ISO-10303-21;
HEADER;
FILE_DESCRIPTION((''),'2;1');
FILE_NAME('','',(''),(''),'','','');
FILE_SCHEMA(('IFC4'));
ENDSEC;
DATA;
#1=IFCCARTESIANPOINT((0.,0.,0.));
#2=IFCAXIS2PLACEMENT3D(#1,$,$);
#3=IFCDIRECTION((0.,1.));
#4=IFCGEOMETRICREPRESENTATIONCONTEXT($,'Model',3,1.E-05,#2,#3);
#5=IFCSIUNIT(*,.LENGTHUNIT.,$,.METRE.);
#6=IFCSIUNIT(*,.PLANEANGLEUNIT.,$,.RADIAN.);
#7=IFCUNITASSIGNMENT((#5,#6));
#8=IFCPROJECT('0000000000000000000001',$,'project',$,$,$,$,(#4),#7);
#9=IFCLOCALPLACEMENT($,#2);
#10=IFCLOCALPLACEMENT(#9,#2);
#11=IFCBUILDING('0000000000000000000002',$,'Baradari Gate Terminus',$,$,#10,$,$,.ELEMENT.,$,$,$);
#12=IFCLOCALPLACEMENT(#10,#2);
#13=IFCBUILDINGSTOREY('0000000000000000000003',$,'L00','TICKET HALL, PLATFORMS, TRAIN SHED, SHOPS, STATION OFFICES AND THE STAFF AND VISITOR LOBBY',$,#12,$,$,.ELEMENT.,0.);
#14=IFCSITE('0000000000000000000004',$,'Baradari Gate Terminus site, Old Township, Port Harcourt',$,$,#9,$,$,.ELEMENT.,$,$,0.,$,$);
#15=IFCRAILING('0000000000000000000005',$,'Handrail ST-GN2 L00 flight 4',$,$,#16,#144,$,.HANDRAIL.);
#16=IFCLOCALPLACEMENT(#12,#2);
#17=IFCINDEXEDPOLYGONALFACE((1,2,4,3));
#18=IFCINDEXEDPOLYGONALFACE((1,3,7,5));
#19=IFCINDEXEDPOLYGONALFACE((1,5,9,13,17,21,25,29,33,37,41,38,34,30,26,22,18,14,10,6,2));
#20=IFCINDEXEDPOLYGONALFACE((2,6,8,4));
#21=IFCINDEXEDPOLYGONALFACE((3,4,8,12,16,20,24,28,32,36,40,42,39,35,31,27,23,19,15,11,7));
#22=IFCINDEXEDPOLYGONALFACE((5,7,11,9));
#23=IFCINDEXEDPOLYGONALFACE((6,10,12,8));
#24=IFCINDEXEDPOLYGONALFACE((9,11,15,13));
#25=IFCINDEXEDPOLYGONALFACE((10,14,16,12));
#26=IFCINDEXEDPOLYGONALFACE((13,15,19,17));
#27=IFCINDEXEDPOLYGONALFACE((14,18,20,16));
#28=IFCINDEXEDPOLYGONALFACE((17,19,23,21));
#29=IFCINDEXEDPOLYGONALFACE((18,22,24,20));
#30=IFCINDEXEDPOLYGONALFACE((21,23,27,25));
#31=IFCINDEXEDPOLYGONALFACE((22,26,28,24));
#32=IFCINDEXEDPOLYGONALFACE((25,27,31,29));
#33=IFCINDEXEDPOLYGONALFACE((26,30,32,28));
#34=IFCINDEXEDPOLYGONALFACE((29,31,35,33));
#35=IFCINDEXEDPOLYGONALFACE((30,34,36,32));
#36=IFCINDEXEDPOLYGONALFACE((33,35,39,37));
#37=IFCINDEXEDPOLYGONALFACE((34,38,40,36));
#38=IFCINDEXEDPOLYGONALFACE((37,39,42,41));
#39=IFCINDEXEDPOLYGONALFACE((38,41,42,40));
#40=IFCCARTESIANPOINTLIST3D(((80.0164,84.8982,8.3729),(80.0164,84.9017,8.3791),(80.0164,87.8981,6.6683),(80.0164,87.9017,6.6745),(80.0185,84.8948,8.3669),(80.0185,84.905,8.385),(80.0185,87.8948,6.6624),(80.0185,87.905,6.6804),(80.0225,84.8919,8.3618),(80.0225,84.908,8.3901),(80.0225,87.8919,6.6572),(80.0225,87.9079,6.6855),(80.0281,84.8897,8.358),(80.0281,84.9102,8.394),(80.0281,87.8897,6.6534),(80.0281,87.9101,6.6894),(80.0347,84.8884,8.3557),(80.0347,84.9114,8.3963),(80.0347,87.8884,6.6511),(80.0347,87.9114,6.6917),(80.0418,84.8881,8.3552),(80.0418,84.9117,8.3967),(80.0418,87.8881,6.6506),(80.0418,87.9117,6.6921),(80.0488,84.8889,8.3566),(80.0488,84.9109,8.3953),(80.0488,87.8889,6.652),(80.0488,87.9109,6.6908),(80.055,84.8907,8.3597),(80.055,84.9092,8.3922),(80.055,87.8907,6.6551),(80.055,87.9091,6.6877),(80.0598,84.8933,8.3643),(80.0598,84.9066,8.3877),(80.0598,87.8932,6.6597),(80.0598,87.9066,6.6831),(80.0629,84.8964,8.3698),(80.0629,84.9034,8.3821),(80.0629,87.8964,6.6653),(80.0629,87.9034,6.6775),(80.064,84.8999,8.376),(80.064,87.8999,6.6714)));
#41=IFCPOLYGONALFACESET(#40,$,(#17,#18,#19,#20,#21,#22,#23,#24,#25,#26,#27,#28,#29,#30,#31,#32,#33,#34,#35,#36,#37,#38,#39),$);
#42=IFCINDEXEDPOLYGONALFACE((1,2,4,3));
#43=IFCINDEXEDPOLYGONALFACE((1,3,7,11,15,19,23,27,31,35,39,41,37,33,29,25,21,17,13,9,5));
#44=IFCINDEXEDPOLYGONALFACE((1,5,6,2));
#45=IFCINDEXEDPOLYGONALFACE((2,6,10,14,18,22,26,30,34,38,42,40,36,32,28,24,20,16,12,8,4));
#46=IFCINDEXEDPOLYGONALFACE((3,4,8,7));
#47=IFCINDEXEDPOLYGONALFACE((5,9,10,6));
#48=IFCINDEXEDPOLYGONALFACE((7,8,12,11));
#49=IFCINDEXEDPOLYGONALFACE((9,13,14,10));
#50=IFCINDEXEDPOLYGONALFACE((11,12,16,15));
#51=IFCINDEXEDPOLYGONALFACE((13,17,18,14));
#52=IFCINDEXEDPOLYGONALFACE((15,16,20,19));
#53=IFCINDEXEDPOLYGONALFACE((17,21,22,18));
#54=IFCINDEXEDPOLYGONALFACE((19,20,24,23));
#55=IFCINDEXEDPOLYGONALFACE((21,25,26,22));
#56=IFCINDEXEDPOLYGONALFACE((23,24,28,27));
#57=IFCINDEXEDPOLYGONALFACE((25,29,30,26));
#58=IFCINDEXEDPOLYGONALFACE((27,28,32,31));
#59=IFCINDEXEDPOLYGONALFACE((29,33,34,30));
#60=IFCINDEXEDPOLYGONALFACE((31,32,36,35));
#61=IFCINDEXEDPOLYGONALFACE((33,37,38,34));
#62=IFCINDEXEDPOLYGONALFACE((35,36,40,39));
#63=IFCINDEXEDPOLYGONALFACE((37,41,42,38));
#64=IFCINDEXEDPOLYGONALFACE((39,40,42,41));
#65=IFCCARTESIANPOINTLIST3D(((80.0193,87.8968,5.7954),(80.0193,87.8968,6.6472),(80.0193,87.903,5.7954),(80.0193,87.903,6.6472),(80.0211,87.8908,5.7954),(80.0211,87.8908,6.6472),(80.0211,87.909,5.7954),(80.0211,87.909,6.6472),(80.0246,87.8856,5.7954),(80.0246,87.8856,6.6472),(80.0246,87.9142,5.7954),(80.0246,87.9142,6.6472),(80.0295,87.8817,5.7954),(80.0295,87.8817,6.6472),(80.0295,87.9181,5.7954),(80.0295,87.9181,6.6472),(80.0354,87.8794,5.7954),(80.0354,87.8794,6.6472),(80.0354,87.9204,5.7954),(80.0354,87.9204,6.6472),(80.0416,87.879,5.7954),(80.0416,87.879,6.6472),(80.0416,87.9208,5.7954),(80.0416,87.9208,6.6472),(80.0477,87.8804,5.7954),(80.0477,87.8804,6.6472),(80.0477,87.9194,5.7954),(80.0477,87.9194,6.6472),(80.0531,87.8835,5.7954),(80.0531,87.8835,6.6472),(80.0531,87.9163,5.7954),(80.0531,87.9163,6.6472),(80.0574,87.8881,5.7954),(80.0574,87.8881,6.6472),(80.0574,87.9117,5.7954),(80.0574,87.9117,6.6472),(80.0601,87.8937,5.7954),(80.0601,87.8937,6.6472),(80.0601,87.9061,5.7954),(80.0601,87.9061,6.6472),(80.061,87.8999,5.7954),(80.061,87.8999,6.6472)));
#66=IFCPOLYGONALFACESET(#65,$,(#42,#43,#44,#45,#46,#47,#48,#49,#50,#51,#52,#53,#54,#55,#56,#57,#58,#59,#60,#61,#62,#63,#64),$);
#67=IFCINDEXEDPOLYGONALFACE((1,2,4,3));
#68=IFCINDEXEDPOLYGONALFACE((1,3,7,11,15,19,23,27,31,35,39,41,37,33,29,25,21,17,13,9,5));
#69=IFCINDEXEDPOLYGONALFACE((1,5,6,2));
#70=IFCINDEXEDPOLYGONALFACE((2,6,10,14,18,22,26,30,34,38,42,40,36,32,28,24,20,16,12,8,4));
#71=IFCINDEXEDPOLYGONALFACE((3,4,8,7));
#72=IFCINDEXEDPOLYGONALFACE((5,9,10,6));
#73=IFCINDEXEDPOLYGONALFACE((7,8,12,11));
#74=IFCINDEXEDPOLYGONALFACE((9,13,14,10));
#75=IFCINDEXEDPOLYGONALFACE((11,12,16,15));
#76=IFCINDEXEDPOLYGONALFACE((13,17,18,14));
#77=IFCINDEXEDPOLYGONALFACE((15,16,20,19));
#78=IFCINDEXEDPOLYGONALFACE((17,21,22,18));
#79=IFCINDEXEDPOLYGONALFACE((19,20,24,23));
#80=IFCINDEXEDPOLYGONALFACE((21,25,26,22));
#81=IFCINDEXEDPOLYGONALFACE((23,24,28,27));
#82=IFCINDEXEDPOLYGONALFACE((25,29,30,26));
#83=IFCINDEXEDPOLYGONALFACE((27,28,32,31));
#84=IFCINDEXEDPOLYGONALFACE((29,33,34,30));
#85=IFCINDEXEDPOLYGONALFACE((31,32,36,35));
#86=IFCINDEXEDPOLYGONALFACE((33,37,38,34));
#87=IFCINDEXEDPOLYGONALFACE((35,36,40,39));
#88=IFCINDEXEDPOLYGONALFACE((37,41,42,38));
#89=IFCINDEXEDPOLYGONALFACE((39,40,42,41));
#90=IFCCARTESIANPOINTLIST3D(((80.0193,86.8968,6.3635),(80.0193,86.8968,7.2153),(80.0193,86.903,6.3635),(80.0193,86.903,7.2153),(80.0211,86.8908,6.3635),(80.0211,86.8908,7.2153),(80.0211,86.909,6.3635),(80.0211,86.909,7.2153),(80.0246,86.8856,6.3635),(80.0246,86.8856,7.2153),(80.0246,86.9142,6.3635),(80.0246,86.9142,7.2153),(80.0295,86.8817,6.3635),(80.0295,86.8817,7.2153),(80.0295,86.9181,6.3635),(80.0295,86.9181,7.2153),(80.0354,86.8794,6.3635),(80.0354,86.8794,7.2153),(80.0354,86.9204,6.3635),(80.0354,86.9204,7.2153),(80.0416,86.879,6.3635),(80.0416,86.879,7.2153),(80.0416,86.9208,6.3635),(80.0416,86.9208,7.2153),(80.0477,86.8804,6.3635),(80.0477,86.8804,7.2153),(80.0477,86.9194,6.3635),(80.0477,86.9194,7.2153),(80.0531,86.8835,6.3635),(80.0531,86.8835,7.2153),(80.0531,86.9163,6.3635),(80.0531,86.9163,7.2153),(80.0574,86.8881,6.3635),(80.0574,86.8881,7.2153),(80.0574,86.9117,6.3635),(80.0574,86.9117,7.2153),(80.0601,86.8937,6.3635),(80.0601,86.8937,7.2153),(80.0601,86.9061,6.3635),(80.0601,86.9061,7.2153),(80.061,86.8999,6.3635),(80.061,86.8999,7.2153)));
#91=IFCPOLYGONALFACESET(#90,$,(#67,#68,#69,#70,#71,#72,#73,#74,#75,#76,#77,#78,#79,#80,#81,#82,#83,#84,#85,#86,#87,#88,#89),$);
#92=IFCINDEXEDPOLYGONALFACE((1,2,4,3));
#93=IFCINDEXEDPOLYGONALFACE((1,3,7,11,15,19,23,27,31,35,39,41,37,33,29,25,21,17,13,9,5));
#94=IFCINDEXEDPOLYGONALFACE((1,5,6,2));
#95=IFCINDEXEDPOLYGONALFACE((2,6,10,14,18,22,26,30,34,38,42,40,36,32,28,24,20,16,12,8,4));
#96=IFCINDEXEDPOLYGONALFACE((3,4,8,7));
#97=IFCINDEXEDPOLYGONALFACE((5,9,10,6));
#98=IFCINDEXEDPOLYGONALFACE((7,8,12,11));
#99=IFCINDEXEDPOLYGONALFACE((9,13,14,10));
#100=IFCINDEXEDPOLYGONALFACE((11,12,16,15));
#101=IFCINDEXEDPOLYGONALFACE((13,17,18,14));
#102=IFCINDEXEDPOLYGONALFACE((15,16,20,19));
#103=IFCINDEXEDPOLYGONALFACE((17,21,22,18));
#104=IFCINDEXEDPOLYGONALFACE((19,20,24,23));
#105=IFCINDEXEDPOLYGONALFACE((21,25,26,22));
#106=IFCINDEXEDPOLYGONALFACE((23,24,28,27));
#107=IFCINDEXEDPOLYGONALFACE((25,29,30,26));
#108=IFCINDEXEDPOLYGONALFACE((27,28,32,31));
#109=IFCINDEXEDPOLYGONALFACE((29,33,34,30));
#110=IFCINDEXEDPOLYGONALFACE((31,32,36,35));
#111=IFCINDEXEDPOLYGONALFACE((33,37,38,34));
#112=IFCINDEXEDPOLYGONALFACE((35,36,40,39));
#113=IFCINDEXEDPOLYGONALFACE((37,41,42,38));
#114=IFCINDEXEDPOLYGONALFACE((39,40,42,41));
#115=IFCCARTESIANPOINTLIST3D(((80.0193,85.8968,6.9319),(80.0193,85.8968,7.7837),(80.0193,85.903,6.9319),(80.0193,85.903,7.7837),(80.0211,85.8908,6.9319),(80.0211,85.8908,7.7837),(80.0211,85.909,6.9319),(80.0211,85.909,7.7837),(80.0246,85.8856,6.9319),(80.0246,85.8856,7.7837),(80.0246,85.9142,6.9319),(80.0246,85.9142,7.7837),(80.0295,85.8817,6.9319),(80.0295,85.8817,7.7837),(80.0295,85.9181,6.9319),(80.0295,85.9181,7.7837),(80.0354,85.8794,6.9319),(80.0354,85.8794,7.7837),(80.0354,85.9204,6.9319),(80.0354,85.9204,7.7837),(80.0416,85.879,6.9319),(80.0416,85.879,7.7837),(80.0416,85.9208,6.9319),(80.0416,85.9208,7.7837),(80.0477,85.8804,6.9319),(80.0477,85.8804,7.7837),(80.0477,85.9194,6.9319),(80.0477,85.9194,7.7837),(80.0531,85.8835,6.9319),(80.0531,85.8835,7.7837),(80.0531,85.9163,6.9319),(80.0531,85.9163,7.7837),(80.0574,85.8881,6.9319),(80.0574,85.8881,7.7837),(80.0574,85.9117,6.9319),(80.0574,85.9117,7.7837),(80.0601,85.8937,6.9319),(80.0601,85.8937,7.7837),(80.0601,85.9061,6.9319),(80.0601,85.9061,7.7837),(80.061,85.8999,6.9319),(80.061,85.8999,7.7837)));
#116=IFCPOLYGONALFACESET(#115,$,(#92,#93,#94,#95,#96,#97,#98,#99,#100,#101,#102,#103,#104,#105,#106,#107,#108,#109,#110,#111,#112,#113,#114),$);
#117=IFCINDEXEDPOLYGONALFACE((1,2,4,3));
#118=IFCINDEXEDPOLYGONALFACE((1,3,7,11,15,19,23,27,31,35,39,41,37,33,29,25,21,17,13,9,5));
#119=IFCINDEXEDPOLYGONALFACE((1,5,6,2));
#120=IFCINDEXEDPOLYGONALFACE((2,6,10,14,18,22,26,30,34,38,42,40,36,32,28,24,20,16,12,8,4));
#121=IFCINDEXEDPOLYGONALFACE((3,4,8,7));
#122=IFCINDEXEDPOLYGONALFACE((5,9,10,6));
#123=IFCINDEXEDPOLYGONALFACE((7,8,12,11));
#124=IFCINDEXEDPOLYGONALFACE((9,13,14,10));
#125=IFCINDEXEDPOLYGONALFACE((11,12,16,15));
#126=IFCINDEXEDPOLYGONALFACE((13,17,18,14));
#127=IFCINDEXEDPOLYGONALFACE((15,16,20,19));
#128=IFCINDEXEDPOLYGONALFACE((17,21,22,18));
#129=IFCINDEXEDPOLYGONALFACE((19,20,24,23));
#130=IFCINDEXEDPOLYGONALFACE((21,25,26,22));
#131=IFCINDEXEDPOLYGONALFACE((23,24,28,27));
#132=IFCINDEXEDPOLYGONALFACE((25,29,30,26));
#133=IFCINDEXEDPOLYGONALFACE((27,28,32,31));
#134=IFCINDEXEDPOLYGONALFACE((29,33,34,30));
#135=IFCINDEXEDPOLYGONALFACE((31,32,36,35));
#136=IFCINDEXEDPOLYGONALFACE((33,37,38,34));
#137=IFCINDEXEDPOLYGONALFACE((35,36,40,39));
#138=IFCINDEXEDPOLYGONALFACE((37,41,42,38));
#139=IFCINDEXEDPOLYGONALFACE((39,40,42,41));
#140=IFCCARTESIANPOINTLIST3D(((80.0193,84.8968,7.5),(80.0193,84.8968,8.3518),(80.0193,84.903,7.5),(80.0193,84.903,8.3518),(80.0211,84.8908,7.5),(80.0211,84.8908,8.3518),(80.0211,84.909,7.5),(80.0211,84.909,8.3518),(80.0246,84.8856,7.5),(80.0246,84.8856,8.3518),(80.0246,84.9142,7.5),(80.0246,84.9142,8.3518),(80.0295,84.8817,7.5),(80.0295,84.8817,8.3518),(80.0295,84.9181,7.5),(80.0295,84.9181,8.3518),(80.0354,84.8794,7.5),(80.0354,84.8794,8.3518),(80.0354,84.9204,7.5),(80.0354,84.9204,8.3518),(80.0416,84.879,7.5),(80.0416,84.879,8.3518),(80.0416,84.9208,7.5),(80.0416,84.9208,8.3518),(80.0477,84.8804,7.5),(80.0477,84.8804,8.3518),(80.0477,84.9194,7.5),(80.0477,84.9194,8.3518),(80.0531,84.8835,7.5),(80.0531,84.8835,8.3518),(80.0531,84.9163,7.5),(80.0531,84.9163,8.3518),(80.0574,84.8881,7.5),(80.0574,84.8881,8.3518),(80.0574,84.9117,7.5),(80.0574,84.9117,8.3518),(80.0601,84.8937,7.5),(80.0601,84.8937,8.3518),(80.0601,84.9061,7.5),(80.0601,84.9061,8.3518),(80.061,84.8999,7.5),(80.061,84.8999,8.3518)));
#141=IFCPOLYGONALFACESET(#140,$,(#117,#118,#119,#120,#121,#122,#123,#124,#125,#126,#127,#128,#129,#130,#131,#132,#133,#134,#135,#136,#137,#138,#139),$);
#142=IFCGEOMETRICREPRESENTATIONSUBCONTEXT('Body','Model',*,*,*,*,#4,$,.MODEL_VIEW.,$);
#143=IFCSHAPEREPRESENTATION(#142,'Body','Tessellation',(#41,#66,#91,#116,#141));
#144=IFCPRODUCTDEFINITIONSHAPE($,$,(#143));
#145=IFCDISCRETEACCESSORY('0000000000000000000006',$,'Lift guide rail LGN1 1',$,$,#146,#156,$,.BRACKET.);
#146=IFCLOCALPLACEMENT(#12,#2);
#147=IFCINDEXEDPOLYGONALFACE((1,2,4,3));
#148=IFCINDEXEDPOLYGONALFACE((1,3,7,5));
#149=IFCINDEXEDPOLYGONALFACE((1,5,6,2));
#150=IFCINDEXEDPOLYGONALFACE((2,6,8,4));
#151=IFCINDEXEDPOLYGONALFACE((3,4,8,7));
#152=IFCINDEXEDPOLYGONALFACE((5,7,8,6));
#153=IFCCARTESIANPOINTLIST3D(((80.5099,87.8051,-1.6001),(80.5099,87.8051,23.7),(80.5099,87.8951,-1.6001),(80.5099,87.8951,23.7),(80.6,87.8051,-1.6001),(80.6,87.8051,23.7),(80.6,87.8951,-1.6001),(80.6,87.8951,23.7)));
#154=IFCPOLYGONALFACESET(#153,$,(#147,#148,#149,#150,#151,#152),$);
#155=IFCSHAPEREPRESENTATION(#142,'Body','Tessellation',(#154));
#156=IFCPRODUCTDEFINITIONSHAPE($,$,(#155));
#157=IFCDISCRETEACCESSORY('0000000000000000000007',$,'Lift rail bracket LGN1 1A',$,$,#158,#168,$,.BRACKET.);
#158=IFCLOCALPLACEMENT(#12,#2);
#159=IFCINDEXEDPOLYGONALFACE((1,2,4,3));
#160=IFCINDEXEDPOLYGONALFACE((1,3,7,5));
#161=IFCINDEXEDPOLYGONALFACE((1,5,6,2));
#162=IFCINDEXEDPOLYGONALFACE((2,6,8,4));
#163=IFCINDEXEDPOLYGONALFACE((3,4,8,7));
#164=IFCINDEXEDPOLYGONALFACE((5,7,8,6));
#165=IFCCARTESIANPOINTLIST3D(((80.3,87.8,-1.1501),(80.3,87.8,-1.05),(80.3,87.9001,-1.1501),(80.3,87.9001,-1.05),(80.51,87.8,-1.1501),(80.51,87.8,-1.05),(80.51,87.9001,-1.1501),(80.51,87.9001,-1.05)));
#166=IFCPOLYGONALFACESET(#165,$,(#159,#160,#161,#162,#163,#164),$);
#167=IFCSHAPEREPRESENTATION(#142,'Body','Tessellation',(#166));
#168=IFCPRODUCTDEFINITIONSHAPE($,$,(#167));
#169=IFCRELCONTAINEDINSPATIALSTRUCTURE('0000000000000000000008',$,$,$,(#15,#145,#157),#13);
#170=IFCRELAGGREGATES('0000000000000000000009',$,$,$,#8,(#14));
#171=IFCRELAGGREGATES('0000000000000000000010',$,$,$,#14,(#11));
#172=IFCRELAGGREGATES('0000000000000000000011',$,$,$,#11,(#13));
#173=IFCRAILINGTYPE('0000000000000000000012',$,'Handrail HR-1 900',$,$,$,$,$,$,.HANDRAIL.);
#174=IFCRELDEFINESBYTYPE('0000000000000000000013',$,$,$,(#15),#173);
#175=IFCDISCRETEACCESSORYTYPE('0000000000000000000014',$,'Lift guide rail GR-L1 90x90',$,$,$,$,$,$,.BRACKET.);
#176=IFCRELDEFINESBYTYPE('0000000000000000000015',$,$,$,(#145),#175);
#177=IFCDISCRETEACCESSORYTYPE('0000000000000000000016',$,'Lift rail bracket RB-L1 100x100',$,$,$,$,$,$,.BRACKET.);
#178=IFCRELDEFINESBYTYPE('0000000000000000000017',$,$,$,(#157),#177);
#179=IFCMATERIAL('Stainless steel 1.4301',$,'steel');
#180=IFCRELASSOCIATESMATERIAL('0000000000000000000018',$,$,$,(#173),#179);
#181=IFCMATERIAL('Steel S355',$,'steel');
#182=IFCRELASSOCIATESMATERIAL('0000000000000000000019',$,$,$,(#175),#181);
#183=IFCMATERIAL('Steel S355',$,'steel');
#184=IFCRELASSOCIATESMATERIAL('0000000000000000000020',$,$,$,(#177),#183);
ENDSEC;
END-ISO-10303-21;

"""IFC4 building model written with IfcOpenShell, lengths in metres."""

from ifc_helpers import new_model, si_unit, direction, frame, origin, origin_2d, place, context, subcontext, project, spatial, rectangle, circle, extrude, material, type_object, element, save


model = new_model("IFC4")

# Units and contexts
model_context = context("Model", 3, precision=1e-05, world=origin(), true_north=direction((0.0, 1.0)))
body_context = subcontext(model_context, "Body", "Model", "MODEL_VIEW")
ifc_project = project(units=[si_unit("LENGTHUNIT", "METRE"), si_unit("PLANEANGLEUNIT", "RADIAN")], contexts=[model_context])

# Site, building, storey
site_placement = place(None, origin())
site = spatial("IfcSite", under=ifc_project, at=site_placement, Name="Baradari Gate Terminus site, Old Township, Port Harcourt", CompositionType="ELEMENT", RefElevation=0.0)
building_placement = place(site_placement, origin())
building = spatial("IfcBuilding", under=site, at=building_placement, Name="Baradari Gate Terminus", CompositionType="ELEMENT")
storey_placement = place(building_placement, origin())
storey = spatial("IfcBuildingStorey", under=building, at=storey_placement, Name="L00", Description="TICKET HALL, PLATFORMS, TRAIN SHED, SHOPS, STATION OFFICES AND THE STAFF AND VISITOR LOBBY", CompositionType="ELEMENT", Elevation=0.0)

# Railing
ifc_material_1 = material(Name="Stainless steel 1.4301", Category="steel")
railing_type_1 = type_object("IfcRailingType", Name="Handrail HR-1 900", PredefinedType="HANDRAIL", material=ifc_material_1)
for number, where, name in (
    (1, (80.04, 87.8999, 5.7954), "Handrail ST-GN2 L00 flight 4"),
):
    element("IfcRailing", number, at=place(storey_placement, frame(where)), inside=storey, type_object=railing_type_1, Name=name, PredefinedType="HANDRAIL", context=body_context, shape_type="SweptSolid", body=[
        extrude(circle(Radius=0.0239, at=origin_2d()), frame((0.0, 0.0, 0.876), z_axis=(0.0, -0.869451, 0.494019), x_axis=(1.0, 0.0, 0.0)), (0.0, 0.0, 1.0), 3.4504),
        extrude(circle(Radius=0.021, at=origin_2d()), origin(), (0.0, 0.0, 1.0), 0.8518),
        extrude(circle(Radius=0.021, at=origin_2d()), frame((0.0, -1.0, 0.5681)), (0.0, 0.0, 1.0), 0.8518),
        extrude(circle(Radius=0.021, at=origin_2d()), frame((0.0, -2.0, 1.1365)), (0.0, 0.0, 1.0), 0.8518),
        extrude(circle(Radius=0.021, at=origin_2d()), frame((0.0, -3.0, 1.7046)), (0.0, 0.0, 1.0), 0.8518),
    ])

# Discrete accessories
ifc_material_2 = material(Name="Steel S355", Category="steel")
discrete_accessory_type_1 = type_object("IfcDiscreteAccessoryType", Name="Lift guide rail GR-L1 90x90", PredefinedType="BRACKET", material=ifc_material_2)
discrete_accessory_1_placement = place(storey_placement, frame((80.5549, 87.8501, -1.6001), z_axis=(0.0, 0.0, 1.0), x_axis=(1.0, 0.0, 0.0)))
element("IfcDiscreteAccessory", 2, at=discrete_accessory_1_placement, inside=storey, type_object=discrete_accessory_type_1, Name="Lift guide rail LGN1 1", PredefinedType="BRACKET", context=body_context, shape_type="SweptSolid", body=[
    extrude(rectangle(XDim=0.0901, YDim=0.0901, at=origin_2d()), origin(), (0.0, 0.0, 1.0), 25.3),
])
ifc_material_3 = material(Name="Steel S355", Category="steel")
discrete_accessory_type_2 = type_object("IfcDiscreteAccessoryType", Name="Lift rail bracket RB-L1 100x100", PredefinedType="BRACKET", material=ifc_material_3)
discrete_accessory_2_placement = place(storey_placement, frame((80.405, 87.8501, -1.1501), z_axis=(0.0, 0.0, 1.0), x_axis=(1.0, 0.0, 0.0)))
element("IfcDiscreteAccessory", 3, at=discrete_accessory_2_placement, inside=storey, type_object=discrete_accessory_type_2, Name="Lift rail bracket LGN1 1A", PredefinedType="BRACKET", context=body_context, shape_type="SweptSolid", body=[
    extrude(rectangle(XDim=0.21, YDim=0.1001, at=origin_2d()), origin(), (0.0, 0.0, 1.0), 0.1001),
])

save(model, "model.ifc")
